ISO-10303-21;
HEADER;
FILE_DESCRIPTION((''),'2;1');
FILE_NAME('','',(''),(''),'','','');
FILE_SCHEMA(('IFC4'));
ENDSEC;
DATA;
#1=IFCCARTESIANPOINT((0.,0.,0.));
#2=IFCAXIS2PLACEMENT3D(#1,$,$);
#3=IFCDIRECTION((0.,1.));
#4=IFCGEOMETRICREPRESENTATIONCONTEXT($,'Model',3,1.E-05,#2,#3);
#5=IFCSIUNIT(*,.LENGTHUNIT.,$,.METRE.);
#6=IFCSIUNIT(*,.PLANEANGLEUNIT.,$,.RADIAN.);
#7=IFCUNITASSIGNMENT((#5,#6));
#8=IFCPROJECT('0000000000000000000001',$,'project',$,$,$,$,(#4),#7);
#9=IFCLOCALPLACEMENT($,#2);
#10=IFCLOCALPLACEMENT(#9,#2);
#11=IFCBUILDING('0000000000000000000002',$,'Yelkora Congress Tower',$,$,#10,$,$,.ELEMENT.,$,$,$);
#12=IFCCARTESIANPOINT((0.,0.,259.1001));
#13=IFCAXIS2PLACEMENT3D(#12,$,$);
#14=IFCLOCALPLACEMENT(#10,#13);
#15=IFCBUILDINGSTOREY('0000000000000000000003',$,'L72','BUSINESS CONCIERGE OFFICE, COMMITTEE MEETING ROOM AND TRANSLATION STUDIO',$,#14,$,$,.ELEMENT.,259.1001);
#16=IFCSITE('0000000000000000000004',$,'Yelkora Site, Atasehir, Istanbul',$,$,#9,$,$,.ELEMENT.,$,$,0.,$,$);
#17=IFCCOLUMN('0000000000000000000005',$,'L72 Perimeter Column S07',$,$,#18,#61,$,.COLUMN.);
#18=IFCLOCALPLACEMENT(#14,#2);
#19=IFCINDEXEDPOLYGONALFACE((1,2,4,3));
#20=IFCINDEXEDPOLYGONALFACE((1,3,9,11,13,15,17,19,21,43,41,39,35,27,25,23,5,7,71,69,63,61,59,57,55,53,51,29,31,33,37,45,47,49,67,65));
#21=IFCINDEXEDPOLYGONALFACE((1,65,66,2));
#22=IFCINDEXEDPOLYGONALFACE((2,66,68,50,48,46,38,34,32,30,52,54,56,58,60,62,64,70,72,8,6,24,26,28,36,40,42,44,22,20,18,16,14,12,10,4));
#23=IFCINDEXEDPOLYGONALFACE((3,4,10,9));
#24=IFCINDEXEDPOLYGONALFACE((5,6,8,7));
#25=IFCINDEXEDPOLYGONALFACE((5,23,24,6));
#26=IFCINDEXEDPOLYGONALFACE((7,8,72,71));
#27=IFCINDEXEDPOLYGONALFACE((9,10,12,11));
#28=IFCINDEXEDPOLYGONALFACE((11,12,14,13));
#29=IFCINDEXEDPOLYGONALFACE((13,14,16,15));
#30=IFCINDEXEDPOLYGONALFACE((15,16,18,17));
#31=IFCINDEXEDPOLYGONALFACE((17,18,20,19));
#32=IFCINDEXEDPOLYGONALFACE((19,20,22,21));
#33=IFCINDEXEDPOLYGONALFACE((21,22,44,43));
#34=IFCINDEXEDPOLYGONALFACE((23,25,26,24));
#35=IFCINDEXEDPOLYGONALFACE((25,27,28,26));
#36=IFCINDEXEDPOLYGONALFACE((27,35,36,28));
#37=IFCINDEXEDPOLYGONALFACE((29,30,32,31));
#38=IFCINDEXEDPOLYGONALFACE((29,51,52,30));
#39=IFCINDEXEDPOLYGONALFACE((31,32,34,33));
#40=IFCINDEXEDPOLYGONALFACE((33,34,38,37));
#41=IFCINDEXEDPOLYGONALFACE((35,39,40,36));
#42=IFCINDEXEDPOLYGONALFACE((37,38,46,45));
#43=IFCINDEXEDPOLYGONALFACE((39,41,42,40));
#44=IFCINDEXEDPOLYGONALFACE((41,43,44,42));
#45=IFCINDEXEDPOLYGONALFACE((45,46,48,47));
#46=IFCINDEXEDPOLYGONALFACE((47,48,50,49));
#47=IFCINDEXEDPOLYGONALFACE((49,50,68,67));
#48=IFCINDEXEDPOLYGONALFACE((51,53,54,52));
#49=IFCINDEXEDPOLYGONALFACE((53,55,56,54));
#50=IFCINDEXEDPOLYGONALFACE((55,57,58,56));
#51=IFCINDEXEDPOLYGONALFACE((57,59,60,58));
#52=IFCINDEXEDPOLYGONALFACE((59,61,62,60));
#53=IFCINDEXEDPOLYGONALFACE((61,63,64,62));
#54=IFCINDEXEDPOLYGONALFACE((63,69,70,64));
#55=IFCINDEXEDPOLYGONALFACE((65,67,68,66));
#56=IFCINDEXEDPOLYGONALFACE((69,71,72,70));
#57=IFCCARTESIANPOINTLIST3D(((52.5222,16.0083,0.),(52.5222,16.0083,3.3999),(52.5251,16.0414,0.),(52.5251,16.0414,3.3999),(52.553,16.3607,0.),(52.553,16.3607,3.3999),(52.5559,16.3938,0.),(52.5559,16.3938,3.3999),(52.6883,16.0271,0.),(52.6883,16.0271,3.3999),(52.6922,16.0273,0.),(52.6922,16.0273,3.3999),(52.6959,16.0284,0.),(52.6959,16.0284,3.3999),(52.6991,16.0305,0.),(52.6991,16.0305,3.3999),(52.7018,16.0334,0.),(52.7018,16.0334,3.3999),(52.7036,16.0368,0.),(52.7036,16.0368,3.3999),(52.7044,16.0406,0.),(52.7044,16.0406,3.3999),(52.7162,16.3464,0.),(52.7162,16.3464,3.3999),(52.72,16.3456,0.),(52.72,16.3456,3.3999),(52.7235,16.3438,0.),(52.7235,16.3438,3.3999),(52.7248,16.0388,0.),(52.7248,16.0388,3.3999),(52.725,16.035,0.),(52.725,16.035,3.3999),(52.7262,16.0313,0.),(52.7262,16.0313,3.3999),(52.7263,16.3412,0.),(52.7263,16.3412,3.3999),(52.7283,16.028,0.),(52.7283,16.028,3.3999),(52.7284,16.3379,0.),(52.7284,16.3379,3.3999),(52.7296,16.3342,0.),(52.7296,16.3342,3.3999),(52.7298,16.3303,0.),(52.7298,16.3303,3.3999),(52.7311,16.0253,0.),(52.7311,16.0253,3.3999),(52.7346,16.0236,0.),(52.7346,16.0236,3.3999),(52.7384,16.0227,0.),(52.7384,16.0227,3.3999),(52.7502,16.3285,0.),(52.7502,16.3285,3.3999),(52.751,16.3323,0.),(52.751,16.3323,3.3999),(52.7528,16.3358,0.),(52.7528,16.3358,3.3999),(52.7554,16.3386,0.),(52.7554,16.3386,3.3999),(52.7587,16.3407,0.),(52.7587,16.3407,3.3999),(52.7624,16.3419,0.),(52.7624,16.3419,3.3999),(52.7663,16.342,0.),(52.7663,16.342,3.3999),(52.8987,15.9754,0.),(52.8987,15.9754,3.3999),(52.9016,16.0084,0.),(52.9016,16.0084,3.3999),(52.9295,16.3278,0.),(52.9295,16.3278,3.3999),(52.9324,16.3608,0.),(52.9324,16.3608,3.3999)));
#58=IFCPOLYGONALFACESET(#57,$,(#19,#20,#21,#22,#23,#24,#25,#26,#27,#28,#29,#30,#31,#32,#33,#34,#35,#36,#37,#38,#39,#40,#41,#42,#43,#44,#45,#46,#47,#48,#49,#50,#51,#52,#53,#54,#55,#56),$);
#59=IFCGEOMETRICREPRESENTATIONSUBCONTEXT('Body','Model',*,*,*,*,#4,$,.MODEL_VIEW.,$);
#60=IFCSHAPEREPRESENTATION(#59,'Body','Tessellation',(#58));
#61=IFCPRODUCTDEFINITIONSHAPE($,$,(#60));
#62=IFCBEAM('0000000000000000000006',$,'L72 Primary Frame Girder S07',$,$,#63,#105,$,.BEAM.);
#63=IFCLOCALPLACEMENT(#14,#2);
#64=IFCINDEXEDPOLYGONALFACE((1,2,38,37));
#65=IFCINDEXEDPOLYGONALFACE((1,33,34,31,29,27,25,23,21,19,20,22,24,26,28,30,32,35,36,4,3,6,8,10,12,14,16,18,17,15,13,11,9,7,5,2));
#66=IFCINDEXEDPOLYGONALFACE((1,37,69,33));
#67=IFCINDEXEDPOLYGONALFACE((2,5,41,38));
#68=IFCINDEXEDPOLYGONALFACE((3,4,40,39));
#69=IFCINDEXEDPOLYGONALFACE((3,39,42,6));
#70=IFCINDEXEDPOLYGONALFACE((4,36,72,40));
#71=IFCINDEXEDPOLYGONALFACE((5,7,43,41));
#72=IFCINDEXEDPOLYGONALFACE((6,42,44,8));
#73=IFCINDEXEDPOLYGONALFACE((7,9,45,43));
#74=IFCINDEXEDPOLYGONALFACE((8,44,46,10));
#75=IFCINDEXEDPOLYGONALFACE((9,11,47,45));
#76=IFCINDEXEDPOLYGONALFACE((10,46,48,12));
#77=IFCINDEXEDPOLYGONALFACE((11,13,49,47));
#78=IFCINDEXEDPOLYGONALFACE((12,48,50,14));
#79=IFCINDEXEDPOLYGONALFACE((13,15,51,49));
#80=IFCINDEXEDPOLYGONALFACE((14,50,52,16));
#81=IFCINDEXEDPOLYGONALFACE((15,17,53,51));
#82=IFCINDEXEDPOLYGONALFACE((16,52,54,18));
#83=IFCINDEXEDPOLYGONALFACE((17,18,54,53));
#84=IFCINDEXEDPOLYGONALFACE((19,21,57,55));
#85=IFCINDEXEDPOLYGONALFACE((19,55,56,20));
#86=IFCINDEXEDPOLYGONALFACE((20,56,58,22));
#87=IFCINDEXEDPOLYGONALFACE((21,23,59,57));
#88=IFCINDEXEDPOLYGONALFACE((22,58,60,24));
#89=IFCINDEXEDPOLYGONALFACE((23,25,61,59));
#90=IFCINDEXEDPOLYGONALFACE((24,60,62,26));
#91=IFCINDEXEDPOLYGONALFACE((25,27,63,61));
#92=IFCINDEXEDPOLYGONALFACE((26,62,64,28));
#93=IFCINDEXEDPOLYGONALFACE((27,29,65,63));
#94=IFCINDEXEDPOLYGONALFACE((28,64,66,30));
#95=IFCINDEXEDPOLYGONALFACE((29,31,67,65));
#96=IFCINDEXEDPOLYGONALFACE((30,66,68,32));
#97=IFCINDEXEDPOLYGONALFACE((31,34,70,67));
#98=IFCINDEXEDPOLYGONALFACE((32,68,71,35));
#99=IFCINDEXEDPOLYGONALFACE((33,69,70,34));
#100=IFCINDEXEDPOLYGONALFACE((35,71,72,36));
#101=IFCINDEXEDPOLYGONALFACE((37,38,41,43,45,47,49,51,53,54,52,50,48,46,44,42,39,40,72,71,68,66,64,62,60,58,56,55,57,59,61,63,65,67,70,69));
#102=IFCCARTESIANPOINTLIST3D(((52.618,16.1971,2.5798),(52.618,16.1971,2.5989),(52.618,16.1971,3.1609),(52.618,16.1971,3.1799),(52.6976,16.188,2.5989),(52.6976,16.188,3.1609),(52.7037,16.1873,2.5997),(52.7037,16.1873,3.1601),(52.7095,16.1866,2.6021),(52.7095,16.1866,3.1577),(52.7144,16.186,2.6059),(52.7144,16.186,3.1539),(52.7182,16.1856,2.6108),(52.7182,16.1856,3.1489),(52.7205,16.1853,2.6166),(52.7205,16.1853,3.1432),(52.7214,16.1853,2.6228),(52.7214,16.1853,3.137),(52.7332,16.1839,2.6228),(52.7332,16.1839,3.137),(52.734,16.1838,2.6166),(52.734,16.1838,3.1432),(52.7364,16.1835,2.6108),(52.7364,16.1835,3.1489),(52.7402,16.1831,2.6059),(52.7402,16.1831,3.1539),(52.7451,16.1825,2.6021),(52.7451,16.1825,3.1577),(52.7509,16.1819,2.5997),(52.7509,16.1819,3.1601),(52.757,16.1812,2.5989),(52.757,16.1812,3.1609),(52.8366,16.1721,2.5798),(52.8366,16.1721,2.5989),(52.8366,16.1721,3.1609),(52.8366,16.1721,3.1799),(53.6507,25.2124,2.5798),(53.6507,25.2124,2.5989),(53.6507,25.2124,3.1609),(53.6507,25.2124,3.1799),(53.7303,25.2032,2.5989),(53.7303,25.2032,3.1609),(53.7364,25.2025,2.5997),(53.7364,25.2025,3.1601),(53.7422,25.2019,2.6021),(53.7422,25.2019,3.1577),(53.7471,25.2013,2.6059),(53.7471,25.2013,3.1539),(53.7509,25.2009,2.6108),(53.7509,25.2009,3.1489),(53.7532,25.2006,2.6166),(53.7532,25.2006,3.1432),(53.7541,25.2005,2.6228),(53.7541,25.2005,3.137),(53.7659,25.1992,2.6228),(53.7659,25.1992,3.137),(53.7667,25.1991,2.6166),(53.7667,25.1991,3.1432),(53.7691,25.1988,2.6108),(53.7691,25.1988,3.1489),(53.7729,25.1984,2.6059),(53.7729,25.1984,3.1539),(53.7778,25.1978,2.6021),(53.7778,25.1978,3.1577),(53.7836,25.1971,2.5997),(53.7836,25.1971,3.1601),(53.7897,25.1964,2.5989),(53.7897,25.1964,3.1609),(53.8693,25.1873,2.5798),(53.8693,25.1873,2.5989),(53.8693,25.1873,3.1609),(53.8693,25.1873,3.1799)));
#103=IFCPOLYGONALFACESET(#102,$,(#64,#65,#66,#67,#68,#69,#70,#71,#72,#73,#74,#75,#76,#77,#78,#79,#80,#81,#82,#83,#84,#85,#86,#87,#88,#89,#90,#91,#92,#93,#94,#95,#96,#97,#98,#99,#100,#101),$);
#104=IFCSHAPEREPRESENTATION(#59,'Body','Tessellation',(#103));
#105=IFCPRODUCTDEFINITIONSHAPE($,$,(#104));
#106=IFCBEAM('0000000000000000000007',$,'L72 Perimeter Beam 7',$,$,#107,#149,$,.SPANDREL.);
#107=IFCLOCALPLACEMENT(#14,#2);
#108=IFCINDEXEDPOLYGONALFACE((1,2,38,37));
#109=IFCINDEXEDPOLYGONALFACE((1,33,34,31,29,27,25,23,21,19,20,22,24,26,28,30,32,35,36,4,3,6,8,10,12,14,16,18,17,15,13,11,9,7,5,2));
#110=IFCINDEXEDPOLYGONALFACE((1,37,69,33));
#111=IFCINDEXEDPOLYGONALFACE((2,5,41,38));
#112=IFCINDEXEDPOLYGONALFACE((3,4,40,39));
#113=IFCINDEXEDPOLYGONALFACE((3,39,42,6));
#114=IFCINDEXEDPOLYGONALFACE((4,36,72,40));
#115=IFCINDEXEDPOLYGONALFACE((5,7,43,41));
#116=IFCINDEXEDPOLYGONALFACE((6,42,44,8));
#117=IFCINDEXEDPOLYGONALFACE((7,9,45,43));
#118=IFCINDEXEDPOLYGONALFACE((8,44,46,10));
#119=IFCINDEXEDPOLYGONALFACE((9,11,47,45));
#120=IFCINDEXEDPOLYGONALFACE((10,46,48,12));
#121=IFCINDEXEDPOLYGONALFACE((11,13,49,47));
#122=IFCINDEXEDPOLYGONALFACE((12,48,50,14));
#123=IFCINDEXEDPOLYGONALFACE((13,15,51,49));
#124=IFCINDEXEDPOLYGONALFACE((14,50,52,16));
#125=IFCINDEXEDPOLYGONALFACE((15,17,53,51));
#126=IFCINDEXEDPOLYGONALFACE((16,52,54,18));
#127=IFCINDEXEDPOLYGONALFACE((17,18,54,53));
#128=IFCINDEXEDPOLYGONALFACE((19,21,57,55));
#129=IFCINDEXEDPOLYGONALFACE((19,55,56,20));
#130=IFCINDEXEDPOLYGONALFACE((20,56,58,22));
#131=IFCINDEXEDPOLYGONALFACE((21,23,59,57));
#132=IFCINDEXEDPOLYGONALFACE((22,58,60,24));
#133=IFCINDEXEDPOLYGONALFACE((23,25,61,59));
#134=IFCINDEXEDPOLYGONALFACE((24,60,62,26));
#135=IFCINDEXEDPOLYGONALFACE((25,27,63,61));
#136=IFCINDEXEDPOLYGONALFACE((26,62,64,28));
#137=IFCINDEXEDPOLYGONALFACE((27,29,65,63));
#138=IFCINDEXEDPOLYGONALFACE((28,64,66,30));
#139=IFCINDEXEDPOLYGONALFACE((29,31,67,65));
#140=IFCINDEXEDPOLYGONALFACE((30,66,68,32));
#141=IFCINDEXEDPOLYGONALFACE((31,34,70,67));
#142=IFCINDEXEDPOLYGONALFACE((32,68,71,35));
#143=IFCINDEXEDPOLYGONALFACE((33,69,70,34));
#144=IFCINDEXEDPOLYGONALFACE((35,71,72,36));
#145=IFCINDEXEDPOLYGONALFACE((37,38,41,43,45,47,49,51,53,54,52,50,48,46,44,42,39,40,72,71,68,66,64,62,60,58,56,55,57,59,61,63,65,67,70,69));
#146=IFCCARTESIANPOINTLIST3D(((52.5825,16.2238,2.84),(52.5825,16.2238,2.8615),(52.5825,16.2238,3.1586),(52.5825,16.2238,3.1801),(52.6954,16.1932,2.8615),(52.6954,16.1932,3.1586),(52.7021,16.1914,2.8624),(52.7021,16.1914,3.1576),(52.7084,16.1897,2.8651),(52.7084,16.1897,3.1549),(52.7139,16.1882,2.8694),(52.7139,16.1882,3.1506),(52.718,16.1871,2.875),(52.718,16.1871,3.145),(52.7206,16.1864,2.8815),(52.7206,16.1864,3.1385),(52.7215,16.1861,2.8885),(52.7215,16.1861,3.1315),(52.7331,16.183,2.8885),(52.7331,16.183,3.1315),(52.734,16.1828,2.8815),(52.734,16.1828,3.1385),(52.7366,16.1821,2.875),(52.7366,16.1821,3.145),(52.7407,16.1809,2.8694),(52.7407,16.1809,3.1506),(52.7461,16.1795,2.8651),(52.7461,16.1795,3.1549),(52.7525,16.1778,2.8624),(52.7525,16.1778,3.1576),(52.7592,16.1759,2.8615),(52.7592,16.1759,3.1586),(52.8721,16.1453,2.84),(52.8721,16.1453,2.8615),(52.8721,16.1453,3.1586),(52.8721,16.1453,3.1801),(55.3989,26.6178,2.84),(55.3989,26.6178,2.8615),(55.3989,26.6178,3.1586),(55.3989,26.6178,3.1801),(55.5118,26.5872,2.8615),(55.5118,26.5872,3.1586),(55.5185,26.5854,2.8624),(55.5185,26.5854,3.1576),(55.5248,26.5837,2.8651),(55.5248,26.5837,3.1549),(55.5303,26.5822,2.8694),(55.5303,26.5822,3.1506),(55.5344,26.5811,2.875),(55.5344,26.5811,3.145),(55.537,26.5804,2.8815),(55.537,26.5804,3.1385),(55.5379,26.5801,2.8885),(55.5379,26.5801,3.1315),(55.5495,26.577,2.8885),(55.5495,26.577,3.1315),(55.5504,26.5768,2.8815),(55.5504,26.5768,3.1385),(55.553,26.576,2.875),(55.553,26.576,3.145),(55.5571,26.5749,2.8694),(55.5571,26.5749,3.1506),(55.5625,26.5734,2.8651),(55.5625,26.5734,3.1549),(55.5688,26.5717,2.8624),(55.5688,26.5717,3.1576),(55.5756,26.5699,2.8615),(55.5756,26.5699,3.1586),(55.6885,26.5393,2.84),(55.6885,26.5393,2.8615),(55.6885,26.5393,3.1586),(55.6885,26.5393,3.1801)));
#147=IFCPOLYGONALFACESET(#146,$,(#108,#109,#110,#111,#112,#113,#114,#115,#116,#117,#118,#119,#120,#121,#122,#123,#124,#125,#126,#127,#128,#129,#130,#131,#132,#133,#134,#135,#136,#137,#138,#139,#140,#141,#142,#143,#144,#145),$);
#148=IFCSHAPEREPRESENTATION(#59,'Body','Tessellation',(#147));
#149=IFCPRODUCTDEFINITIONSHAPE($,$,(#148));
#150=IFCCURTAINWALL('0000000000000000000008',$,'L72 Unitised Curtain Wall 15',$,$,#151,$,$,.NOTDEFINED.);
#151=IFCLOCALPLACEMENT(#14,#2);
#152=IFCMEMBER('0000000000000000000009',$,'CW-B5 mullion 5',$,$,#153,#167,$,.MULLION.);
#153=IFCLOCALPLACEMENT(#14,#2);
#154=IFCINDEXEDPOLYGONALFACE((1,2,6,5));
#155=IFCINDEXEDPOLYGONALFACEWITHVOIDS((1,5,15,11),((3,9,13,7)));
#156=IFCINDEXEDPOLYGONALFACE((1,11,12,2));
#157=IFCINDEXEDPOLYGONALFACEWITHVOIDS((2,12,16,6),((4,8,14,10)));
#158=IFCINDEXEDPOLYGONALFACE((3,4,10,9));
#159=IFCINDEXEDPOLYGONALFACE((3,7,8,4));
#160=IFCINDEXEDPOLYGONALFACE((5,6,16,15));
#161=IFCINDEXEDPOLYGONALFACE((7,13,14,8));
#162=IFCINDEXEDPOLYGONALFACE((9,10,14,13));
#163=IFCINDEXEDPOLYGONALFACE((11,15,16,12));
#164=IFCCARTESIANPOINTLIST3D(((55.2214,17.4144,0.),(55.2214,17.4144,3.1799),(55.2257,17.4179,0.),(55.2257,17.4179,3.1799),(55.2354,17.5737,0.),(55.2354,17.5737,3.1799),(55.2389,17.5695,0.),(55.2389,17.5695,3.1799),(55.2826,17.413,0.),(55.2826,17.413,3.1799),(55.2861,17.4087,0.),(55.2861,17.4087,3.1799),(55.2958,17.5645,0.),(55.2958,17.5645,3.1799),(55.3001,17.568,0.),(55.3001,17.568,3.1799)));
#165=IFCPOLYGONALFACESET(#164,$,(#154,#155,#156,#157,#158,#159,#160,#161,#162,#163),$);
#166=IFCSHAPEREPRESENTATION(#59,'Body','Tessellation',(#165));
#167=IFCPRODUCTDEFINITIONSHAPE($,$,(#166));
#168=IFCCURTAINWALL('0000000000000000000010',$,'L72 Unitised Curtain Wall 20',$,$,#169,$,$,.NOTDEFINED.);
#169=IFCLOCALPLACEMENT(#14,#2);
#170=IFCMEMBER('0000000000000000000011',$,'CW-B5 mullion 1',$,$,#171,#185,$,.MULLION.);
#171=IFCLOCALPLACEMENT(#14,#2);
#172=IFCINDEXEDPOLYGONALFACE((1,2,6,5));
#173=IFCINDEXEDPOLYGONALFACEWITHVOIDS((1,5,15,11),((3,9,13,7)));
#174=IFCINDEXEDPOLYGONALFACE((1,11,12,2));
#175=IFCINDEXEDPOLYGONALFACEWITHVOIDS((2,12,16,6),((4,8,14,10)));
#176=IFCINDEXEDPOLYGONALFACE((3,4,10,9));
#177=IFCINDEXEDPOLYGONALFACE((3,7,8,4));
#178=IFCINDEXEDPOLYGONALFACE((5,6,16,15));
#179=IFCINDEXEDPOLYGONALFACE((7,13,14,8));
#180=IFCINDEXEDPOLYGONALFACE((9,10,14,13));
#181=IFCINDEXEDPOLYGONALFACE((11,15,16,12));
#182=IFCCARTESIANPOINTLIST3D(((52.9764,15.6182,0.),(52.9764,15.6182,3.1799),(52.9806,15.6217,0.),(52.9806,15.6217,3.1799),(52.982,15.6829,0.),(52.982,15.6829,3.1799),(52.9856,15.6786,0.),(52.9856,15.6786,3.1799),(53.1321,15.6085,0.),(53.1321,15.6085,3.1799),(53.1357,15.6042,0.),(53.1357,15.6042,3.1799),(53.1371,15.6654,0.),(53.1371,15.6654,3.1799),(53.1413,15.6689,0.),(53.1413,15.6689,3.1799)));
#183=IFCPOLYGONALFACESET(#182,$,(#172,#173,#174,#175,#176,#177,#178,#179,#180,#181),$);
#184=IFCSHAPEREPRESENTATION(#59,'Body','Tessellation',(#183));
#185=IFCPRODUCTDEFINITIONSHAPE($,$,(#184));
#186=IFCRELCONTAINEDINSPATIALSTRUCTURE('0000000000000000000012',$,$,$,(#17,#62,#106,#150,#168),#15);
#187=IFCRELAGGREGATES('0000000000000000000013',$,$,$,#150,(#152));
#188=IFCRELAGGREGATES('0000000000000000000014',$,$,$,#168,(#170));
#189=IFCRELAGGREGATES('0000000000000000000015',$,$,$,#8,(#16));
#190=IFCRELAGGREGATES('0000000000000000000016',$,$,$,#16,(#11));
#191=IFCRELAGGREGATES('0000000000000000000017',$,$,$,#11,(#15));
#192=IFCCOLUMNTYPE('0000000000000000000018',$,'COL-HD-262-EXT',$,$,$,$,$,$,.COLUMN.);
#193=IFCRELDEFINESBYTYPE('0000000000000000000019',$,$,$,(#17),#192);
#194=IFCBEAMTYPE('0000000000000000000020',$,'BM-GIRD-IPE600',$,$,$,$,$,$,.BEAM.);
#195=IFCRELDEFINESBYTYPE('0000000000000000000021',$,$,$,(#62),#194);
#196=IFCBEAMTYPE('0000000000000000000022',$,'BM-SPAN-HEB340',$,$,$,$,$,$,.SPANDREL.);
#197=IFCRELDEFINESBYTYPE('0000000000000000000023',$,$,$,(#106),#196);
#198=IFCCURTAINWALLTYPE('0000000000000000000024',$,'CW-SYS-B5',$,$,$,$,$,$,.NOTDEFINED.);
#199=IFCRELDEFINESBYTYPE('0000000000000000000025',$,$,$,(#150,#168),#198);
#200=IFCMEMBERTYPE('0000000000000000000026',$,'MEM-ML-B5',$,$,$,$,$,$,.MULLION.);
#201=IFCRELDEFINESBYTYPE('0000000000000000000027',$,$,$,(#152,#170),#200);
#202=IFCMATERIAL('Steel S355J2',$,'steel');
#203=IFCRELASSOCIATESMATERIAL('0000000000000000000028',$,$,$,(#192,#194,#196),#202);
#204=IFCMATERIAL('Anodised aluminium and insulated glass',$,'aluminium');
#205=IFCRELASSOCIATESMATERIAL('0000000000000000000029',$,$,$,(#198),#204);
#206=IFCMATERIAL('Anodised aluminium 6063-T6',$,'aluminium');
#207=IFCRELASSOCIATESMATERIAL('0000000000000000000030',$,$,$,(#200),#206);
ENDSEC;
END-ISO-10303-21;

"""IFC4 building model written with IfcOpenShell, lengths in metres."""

from ifc_helpers import new_model, si_unit, direction, frame, origin, origin_2d, place, context, subcontext, project, spatial, hollow_rectangle, i_section, extrude, material, material_profile, profile_set, type_object, element, aggregate, save


model = new_model("IFC4")

# Units and contexts
model_context = context("Model", 3, precision=1e-05, world=origin(), true_north=direction((0.0, 1.0)))
body_context = subcontext(model_context, "Body", "Model", "MODEL_VIEW")
ifc_project = project(units=[si_unit("LENGTHUNIT", "METRE"), si_unit("PLANEANGLEUNIT", "RADIAN")], contexts=[model_context])

# Site, building, storey
site_placement = place(None, origin())
site = spatial("IfcSite", under=ifc_project, at=site_placement, Name="Yelkora Site, Atasehir, Istanbul", CompositionType="ELEMENT", RefElevation=0.0)
building_placement = place(site_placement, origin())
building = spatial("IfcBuilding", under=site, at=building_placement, Name="Yelkora Congress Tower", CompositionType="ELEMENT")
storey_placement = place(building_placement, frame((0.0, 0.0, 259.1001)))
storey = spatial("IfcBuildingStorey", under=building, at=storey_placement, Name="L72", Description="BUSINESS CONCIERGE OFFICE, COMMITTEE MEETING ROOM AND TRANSLATION STUDIO", CompositionType="ELEMENT", Elevation=259.1001)

# Column
ifc_material_1 = material(Name="Steel S355J2", Category="steel")
ifc_material_profile_1 = material_profile(ifc_material_1, i_section(OverallWidth=0.3779, OverallDepth=0.387, WebThickness=0.0205, FlangeThickness=0.0332, FilletRadius=0.0149, at=origin_2d()), Name="HD 360x262")
ifc_profile_set_1 = profile_set([ifc_material_profile_1], Name="Steel S355J2")
column_type = type_object("IfcColumnType", Name="COL-HD-262-EXT", PredefinedType="COLUMN", material=ifc_profile_set_1)
column_placement = place(storey_placement, frame((52.7273, 16.1846, 0.0), z_axis=(0.0, 0.0, 1.0), x_axis=(0.996195, -0.087156, 0.0)))
element("IfcColumn", 1, at=column_placement, inside=storey, type_object=column_type, Name="L72 Perimeter Column S07", PredefinedType="COLUMN", context=body_context, shape_type="SweptSolid", body=[
    extrude(i_section(OverallWidth=0.3779, OverallDepth=0.387, WebThickness=0.0205, FlangeThickness=0.0332, FilletRadius=0.0149, at=origin_2d()), origin(), (0.0, 0.0, 1.0), 3.3999),
])

# Beams
ifc_material_profile_2 = material_profile(ifc_material_1, i_section(OverallWidth=0.22, OverallDepth=0.6001, WebThickness=0.012, FlangeThickness=0.019, FilletRadius=0.0239, at=origin_2d()), Name="IPE 600")
ifc_profile_set_2 = profile_set([ifc_material_profile_2], Name="Steel S355J2")
beam_type_1 = type_object("IfcBeamType", Name="BM-GIRD-IPE600", PredefinedType="BEAM", material=ifc_profile_set_2)
beam_1_placement = place(storey_placement, frame((52.7273, 16.1846, 2.8799), z_axis=(0.113806, 0.993503, 0.0), x_axis=(-0.993503, 0.113806, 0.0)))
element("IfcBeam", 2, at=beam_1_placement, inside=storey, type_object=beam_type_1, Name="L72 Primary Frame Girder S07", PredefinedType="BEAM", context=body_context, shape_type="SweptSolid", body=[
    extrude(i_section(OverallWidth=0.22, OverallDepth=0.6001, WebThickness=0.012, FlangeThickness=0.019, FilletRadius=0.0239, at=origin_2d()), origin(), (0.0, 0.0, 1.0), 9.0742),
])
ifc_material_profile_3 = material_profile(ifc_material_1, i_section(OverallWidth=0.3, OverallDepth=0.3401, WebThickness=0.012, FlangeThickness=0.0215, FilletRadius=0.0271, at=origin_2d()), Name="HEB 340")
ifc_profile_set_3 = profile_set([ifc_material_profile_3], Name="Steel S355J2")
beam_type_2 = type_object("IfcBeamType", Name="BM-SPAN-HEB340", PredefinedType="SPANDREL", material=ifc_profile_set_3)
beam_2_placement = place(storey_placement, frame((52.7273, 16.1846, 3.01), z_axis=(0.261533, 0.965195, 0.0), x_axis=(-0.965195, 0.261533, 0.0)))
element("IfcBeam", 3, at=beam_2_placement, inside=storey, type_object=beam_type_2, Name="L72 Perimeter Beam 7", PredefinedType="SPANDREL", context=body_context, shape_type="SweptSolid", body=[
    extrude(i_section(OverallWidth=0.3, OverallDepth=0.3401, WebThickness=0.012, FlangeThickness=0.0215, FilletRadius=0.0271, at=origin_2d()), origin(), (0.0, 0.0, 1.0), 10.7688),
])

# Curtain wall, member
ifc_material_2 = material(Name="Anodised aluminium and insulated glass", Category="aluminium")
curtain_wall_type = type_object("IfcCurtainWallType", Name="CW-SYS-B5", PredefinedType="NOTDEFINED", material=ifc_material_2)
curtain_wall_1_placement = place(storey_placement, origin())
curtain_wall_1 = element("IfcCurtainWall", 4, at=curtain_wall_1_placement, inside=storey, type_object=curtain_wall_type, Name="L72 Unitised Curtain Wall 15", PredefinedType="NOTDEFINED")
ifc_material_3 = material(Name="Anodised aluminium 6063-T6", Category="aluminium")
ifc_material_profile_4 = material_profile(ifc_material_3, hollow_rectangle(XDim=0.0649, YDim=0.1599, WallThickness=0.0039, at=origin_2d()), Name="ALU 65x160x4")
ifc_profile_set_4 = profile_set([ifc_material_profile_4], Name="Anodised aluminium 6063-T6")
member_type_1 = type_object("IfcMemberType", Name="MEM-ML-B5", PredefinedType="MULLION", material=ifc_profile_set_4)
member_1_placement = place(storey_placement, frame((55.2607, 17.4912, 0.0), z_axis=(0.0, 0.0, 1.0), x_axis=(0.996194, -0.087158, 0.0)))
member_1 = element("IfcMember", 5, at=member_1_placement, type_object=member_type_1, Name="CW-B5 mullion 5", PredefinedType="MULLION", context=body_context, shape_type="SweptSolid", body=[
    extrude(hollow_rectangle(XDim=0.0649, YDim=0.1599, WallThickness=0.0039, at=origin_2d()), origin(), (0.0, 0.0, 1.0), 3.1799),
])
aggregate(curtain_wall_1, [member_1])

# Curtain wall, member
curtain_wall_2_placement = place(storey_placement, origin())
curtain_wall_2 = element("IfcCurtainWall", 6, at=curtain_wall_2_placement, inside=storey, type_object=curtain_wall_type, Name="L72 Unitised Curtain Wall 20", PredefinedType="NOTDEFINED")
member_2_placement = place(storey_placement, frame((53.0588, 15.6436, 0.0), z_axis=(0.0, 0.0, 1.0), x_axis=(-0.087157, -0.996195, 0.0)))
member_2 = element("IfcMember", 7, at=member_2_placement, type_object=member_type_1, Name="CW-B5 mullion 1", PredefinedType="MULLION", context=body_context, shape_type="SweptSolid", body=[
    extrude(hollow_rectangle(XDim=0.0649, YDim=0.1599, WallThickness=0.0039, at=origin_2d()), origin(), (0.0, 0.0, 1.0), 3.1799),
])
aggregate(curtain_wall_2, [member_2])

save(model, "model.ifc")
